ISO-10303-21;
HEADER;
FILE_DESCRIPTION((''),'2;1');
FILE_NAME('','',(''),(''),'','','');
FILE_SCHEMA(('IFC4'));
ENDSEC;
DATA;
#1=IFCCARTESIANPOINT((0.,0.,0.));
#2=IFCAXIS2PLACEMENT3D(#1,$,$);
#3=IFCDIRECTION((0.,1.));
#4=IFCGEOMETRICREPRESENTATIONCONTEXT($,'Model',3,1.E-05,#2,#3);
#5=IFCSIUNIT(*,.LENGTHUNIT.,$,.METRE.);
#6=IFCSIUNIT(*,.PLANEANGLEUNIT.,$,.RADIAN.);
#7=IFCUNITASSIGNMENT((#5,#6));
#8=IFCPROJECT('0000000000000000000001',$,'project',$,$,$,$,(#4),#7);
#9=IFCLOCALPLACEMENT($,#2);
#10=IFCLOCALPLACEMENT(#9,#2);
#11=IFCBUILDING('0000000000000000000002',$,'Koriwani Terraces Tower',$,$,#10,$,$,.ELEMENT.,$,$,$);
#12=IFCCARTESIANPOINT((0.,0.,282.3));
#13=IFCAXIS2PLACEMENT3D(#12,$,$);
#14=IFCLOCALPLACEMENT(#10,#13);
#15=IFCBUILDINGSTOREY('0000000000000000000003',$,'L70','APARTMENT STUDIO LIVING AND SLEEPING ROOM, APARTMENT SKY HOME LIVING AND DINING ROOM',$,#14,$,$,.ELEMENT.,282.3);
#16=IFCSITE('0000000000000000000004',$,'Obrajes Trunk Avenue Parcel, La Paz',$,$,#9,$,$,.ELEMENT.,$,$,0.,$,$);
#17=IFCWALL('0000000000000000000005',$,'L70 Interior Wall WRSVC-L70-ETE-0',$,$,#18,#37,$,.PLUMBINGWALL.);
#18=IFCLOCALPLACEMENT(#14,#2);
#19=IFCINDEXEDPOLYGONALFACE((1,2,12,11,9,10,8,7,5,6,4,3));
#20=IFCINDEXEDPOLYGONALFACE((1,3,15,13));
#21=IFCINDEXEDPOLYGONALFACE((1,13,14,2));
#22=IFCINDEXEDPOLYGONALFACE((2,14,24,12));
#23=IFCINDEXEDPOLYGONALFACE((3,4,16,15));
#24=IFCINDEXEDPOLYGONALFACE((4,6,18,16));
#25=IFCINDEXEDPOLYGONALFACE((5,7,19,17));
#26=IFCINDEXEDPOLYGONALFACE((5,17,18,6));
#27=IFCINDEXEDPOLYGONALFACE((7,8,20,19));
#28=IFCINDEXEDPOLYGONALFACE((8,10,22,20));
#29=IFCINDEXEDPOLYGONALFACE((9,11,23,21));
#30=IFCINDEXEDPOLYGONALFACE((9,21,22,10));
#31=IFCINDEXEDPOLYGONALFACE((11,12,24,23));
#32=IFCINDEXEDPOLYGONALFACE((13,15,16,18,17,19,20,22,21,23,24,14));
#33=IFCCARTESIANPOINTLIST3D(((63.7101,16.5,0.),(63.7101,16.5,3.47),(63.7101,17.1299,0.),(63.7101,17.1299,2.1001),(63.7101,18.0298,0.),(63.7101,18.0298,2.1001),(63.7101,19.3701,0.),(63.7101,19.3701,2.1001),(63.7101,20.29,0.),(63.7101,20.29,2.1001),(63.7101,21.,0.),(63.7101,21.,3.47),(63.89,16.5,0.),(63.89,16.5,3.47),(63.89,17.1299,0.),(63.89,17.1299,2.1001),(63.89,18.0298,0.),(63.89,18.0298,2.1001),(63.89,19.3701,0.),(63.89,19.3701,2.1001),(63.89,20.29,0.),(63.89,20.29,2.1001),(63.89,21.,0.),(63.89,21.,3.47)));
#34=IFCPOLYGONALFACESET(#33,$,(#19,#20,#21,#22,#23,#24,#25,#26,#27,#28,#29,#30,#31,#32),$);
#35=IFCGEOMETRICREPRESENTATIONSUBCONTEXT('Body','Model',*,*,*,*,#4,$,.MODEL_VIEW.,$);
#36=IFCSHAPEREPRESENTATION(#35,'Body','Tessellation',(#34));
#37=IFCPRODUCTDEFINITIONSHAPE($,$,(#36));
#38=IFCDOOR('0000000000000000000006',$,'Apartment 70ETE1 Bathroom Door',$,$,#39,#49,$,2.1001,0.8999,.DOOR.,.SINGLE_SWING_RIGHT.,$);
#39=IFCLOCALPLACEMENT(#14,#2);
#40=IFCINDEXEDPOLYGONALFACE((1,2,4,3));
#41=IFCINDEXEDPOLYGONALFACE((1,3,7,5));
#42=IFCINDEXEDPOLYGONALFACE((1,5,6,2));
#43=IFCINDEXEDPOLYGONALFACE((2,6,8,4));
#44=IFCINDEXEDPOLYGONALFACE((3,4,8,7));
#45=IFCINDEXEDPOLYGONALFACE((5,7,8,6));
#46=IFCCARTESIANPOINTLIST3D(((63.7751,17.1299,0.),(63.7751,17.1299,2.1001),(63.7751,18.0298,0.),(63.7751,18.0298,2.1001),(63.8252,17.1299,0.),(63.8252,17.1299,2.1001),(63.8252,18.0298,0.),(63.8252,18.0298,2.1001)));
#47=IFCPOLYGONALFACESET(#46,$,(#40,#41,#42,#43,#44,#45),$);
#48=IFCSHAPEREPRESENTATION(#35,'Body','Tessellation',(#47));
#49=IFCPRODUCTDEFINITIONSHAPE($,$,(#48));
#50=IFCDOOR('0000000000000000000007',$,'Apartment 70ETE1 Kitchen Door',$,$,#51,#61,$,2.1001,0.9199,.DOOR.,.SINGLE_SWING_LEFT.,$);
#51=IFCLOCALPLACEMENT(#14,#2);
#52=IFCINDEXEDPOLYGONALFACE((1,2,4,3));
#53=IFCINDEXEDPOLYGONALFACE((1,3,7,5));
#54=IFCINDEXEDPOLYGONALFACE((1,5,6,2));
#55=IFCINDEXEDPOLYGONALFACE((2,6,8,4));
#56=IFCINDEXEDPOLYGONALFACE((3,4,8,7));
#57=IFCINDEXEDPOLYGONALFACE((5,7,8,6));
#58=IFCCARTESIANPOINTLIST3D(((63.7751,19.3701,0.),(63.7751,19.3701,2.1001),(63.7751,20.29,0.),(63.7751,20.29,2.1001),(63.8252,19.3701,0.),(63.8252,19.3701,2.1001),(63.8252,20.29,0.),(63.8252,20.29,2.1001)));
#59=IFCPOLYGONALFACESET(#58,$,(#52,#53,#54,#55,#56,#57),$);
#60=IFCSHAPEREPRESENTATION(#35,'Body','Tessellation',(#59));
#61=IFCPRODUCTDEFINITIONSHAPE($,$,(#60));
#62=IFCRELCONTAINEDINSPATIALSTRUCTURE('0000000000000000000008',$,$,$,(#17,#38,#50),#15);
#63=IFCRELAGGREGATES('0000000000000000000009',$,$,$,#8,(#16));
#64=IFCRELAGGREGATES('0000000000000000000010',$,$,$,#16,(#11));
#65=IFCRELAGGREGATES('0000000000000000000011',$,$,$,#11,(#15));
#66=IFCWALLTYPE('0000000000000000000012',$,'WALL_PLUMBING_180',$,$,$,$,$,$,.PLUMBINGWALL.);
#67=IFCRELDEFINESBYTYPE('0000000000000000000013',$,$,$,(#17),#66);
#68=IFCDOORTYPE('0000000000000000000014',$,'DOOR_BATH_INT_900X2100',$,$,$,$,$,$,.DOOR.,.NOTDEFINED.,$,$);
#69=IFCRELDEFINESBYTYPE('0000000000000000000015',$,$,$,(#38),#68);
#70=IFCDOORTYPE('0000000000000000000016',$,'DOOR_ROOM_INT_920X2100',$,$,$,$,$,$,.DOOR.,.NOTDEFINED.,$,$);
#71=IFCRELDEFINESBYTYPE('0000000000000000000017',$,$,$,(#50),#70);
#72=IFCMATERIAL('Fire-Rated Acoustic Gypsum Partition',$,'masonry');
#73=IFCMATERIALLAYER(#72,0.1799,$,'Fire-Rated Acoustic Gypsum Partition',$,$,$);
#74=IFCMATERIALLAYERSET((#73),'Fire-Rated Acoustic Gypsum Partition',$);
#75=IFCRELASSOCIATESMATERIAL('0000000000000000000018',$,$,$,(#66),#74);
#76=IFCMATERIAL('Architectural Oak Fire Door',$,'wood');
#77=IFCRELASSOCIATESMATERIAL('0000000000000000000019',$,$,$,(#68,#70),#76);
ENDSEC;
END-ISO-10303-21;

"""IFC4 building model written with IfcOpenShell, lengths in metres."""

from ifc_helpers import new_model, si_unit, direction, frame, frame_2d, origin, place, context, subcontext, project, spatial, rectangle, extrude, material, layer, layer_set, type_object, element, fill, save


model = new_model("IFC4")

# Units and contexts
model_context = context("Model", 3, precision=1e-05, world=origin(), true_north=direction((0.0, 1.0)))
body_context = subcontext(model_context, "Body", "Model", "MODEL_VIEW")
ifc_project = project(units=[si_unit("LENGTHUNIT", "METRE"), si_unit("PLANEANGLEUNIT", "RADIAN")], contexts=[model_context])

# Site, building, storey
site_placement = place(None, origin())
site = spatial("IfcSite", under=ifc_project, at=site_placement, Name="Obrajes Trunk Avenue Parcel, La Paz", CompositionType="ELEMENT", RefElevation=0.0)
building_placement = place(site_placement, origin())
building = spatial("IfcBuilding", under=site, at=building_placement, Name="Koriwani Terraces Tower", CompositionType="ELEMENT")
storey_placement = place(building_placement, frame((0.0, 0.0, 282.3)))
storey = spatial("IfcBuildingStorey", under=building, at=storey_placement, Name="L70", Description="APARTMENT STUDIO LIVING AND SLEEPING ROOM, APARTMENT SKY HOME LIVING AND DINING ROOM", CompositionType="ELEMENT", Elevation=282.3)

# Wall, openings, doors
ifc_material_1 = material(Name="Fire-Rated Acoustic Gypsum Partition", Category="masonry")
ifc_layer_1 = layer(ifc_material_1, 0.1799, Name="Fire-Rated Acoustic Gypsum Partition")
ifc_layer_set_1 = layer_set([ifc_layer_1], Name="Fire-Rated Acoustic Gypsum Partition")
wall_type_1 = type_object("IfcWallType", Name="WALL_PLUMBING_180", PredefinedType="PLUMBINGWALL", material=ifc_layer_set_1)
wall_1_placement = place(storey_placement, frame((63.8, 16.5, 0.0), z_axis=(0.0, 0.0, 1.0), x_axis=(0.0, 1.0, 0.0)))
wall_1 = element("IfcWall", 1, at=wall_1_placement, inside=storey, type_object=wall_type_1, Name="L70 Interior Wall WRSVC-L70-ETE-0", PredefinedType="PLUMBINGWALL", context=body_context, shape_type="SweptSolid", body=[
    extrude(rectangle(XDim=4.5, YDim=0.1799, at=frame_2d((2.25, 0.0))), origin(), (0.0, 0.0, 1.0), 3.47),
])
opening_1_placement = place(wall_1_placement, frame((0.6299, 0.0, 0.0)))
opening_1 = element("IfcOpeningElement", 2, at=opening_1_placement, cuts=wall_1, PredefinedType="OPENING", context=body_context, shape_type="SweptSolid", body=[
    extrude(rectangle(XDim=0.8999, YDim=2.1001, at=frame_2d((0.45, 1.05))), frame((0.0, 0.1001, 0.0), z_axis=(0.0, -1.0, 0.0), x_axis=(1.0, 0.0, 0.0)), (0.0, 0.0, 1.0), 0.2),
])
opening_2_placement = place(wall_1_placement, frame((2.8701, 0.0, 0.0)))
opening_2 = element("IfcOpeningElement", 3, at=opening_2_placement, cuts=wall_1, PredefinedType="OPENING", context=body_context, shape_type="SweptSolid", body=[
    extrude(rectangle(XDim=0.9199, YDim=2.1001, at=frame_2d((0.46, 1.05))), frame((0.0, 0.1001, 0.0), z_axis=(0.0, -1.0, 0.0), x_axis=(1.0, 0.0, 0.0)), (0.0, 0.0, 1.0), 0.2),
])
ifc_material_2 = material(Name="Architectural Oak Fire Door", Category="wood")
door_type_1 = type_object("IfcDoorType", Name="DOOR_BATH_INT_900X2100", OperationType="NOTDEFINED", PredefinedType="DOOR", material=ifc_material_2)
door_1_placement = place(opening_1_placement, origin())
door_1 = element("IfcDoor", 4, at=door_1_placement, inside=storey, type_object=door_type_1, Name="Apartment 70ETE1 Bathroom Door", OperationType="SINGLE_SWING_RIGHT", OverallHeight=2.1001, OverallWidth=0.8999, PredefinedType="DOOR", context=body_context, shape_type="SweptSolid", body=[
    extrude(rectangle(XDim=0.8999, YDim=2.1001, at=frame_2d((0.45, 1.05))), frame((0.0, 0.0249, 0.0), z_axis=(0.0, -1.0, 0.0), x_axis=(1.0, 0.0, 0.0)), (0.0, 0.0, 1.0), 0.05),
])
fill(opening_1, door_1)
door_type_2 = type_object("IfcDoorType", Name="DOOR_ROOM_INT_920X2100", OperationType="NOTDEFINED", PredefinedType="DOOR", material=ifc_material_2)
door_2_placement = place(opening_2_placement, origin())
door_2 = element("IfcDoor", 5, at=door_2_placement, inside=storey, type_object=door_type_2, Name="Apartment 70ETE1 Kitchen Door", OperationType="SINGLE_SWING_LEFT", OverallHeight=2.1001, OverallWidth=0.9199, PredefinedType="DOOR", context=body_context, shape_type="SweptSolid", body=[
    extrude(rectangle(XDim=0.9199, YDim=2.1001, at=frame_2d((0.46, 1.05))), frame((0.0, 0.0249, 0.0), z_axis=(0.0, -1.0, 0.0), x_axis=(1.0, 0.0, 0.0)), (0.0, 0.0, 1.0), 0.05),
])
fill(opening_2, door_2)

save(model, "model.ifc")
